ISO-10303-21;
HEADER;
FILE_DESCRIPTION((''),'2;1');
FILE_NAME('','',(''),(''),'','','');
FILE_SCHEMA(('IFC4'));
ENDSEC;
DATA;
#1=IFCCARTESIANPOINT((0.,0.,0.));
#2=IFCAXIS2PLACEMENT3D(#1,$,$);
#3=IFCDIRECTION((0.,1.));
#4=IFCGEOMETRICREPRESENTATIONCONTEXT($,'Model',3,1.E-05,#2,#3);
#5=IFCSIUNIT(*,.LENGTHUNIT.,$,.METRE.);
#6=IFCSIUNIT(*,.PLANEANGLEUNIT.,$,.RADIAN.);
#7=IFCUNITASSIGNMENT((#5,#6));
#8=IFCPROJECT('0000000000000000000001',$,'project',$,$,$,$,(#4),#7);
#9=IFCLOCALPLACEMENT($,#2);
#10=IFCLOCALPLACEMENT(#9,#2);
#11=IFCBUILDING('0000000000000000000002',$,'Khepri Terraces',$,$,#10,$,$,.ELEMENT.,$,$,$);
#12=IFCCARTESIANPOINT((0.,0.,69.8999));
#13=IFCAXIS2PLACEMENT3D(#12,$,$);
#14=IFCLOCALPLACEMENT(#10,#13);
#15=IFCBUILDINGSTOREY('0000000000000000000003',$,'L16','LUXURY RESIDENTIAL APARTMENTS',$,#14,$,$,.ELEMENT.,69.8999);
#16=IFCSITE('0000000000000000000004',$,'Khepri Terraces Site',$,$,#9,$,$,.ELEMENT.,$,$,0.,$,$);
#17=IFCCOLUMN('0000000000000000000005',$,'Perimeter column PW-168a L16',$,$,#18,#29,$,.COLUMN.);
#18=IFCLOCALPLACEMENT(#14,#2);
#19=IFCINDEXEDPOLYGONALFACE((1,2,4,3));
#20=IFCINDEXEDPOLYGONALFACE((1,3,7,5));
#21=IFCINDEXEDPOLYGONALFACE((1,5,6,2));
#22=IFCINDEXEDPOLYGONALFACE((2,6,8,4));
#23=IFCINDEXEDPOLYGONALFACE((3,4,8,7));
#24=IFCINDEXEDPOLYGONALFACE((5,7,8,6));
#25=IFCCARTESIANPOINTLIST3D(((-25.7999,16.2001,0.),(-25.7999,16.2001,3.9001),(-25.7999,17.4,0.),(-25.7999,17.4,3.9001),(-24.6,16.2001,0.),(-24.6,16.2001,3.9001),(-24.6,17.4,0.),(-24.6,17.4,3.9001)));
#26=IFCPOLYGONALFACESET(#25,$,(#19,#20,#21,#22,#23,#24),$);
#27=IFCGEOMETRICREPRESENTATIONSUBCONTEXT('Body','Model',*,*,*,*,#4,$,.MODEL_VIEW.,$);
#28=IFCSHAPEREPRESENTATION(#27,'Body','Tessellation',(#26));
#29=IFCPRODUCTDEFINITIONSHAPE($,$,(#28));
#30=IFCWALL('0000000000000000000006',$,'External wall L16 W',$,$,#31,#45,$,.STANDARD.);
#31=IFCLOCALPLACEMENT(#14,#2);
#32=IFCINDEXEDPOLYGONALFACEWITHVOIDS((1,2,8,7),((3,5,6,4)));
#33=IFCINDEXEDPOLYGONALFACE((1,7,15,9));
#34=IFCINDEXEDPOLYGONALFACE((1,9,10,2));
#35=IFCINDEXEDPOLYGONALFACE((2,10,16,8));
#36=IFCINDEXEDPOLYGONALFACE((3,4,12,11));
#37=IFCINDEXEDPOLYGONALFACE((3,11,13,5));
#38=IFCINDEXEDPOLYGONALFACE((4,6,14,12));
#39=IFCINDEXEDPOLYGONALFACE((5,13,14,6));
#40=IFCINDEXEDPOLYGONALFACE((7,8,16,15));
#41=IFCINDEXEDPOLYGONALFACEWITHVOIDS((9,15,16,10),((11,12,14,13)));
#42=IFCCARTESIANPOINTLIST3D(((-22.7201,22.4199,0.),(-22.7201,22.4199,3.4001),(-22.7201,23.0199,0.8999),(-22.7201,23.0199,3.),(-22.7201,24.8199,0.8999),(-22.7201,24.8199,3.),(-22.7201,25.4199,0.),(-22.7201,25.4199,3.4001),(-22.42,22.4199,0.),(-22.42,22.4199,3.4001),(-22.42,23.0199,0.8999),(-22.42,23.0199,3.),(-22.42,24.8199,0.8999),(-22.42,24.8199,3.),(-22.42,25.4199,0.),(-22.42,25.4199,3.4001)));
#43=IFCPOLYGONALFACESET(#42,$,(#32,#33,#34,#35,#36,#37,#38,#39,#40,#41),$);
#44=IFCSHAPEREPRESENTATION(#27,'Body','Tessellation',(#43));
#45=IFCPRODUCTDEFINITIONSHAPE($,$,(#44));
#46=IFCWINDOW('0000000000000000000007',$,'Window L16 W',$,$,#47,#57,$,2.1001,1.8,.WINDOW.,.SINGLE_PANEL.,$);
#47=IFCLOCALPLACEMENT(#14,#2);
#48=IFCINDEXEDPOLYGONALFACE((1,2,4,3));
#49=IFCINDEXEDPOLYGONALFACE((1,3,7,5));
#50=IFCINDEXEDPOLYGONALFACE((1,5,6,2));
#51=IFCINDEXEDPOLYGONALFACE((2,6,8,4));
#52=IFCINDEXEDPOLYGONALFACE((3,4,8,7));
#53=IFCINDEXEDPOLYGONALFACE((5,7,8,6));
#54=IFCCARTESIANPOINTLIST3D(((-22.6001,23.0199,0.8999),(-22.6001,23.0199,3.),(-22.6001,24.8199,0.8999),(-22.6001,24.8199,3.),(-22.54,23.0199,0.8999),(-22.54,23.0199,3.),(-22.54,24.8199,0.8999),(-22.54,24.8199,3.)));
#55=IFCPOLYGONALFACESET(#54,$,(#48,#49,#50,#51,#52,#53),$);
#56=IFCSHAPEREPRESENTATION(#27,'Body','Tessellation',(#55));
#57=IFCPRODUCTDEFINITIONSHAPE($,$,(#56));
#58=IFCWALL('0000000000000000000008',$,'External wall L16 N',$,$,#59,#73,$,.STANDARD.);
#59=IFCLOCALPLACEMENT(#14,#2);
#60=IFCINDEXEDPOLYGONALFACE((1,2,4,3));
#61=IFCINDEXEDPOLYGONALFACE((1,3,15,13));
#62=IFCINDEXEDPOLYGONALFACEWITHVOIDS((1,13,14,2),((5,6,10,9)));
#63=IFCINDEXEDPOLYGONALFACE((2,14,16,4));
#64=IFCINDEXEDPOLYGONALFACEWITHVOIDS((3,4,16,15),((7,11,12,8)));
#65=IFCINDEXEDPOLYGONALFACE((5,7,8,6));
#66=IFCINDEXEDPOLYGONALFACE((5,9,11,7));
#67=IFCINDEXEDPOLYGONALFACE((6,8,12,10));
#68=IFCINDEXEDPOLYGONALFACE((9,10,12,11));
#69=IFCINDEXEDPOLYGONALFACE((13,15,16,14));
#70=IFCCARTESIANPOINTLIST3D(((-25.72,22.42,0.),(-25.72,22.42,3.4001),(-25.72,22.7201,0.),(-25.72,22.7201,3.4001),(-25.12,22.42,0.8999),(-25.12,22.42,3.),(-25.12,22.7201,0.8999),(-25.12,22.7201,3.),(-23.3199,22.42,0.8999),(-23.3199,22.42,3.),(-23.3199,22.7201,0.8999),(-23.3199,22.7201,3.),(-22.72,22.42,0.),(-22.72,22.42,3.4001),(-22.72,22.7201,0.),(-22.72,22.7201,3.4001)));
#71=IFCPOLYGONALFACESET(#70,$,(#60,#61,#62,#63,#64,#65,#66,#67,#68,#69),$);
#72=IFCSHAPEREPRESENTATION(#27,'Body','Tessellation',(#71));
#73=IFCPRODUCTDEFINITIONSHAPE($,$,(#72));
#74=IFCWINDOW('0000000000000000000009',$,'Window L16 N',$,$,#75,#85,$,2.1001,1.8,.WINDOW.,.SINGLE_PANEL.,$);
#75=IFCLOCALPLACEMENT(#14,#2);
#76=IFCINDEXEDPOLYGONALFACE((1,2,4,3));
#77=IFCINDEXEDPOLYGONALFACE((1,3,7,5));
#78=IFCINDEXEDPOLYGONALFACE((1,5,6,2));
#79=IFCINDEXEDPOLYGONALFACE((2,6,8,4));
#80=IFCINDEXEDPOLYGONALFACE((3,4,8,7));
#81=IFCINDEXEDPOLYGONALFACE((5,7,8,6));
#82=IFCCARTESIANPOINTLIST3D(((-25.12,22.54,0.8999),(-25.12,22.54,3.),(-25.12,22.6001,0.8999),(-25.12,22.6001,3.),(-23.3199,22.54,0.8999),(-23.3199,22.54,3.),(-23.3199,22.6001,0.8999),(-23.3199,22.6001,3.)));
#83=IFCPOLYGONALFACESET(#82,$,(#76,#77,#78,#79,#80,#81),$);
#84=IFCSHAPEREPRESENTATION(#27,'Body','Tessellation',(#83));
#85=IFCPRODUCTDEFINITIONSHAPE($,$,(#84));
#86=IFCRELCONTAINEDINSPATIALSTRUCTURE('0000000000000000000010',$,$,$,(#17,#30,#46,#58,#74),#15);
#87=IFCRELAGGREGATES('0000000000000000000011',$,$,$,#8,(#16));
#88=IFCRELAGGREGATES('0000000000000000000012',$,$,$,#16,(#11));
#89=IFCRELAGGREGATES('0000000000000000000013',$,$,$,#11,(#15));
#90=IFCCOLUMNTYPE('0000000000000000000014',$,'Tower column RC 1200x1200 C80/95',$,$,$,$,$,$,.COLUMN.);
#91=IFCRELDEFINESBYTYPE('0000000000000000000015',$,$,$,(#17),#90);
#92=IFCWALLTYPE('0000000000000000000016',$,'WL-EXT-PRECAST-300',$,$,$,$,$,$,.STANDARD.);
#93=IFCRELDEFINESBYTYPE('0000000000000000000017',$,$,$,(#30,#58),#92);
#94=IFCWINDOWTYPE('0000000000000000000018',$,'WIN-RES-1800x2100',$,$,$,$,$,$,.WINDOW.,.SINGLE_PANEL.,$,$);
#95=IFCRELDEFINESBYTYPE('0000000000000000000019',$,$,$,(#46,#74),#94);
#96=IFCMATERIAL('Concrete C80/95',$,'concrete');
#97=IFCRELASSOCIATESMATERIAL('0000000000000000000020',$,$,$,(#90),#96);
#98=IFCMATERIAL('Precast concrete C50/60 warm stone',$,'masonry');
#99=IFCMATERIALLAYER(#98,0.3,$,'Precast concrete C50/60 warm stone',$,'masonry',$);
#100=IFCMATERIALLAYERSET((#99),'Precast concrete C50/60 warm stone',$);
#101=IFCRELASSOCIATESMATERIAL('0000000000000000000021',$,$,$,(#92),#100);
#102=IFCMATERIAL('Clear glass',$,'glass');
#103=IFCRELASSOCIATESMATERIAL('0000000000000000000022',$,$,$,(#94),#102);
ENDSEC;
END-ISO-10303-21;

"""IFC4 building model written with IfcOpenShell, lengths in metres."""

from ifc_helpers import new_model, si_unit, direction, frame, frame_2d, origin, origin_2d, place, context, subcontext, project, spatial, rectangle, extrude, material, layer, layer_set, material_profile, profile_set, type_object, element, fill, save


model = new_model("IFC4")

# Units and contexts
model_context = context("Model", 3, precision=1e-05, world=origin(), true_north=direction((0.0, 1.0)))
body_context = subcontext(model_context, "Body", "Model", "MODEL_VIEW")
ifc_project = project(units=[si_unit("LENGTHUNIT", "METRE"), si_unit("PLANEANGLEUNIT", "RADIAN")], contexts=[model_context])

# Site, building, storey
site_placement = place(None, origin())
site = spatial("IfcSite", under=ifc_project, at=site_placement, Name="Khepri Terraces Site", CompositionType="ELEMENT", RefElevation=0.0)
building_placement = place(site_placement, origin())
building = spatial("IfcBuilding", under=site, at=building_placement, Name="Khepri Terraces", CompositionType="ELEMENT")
storey_placement = place(building_placement, frame((0.0, 0.0, 69.8999)))
storey = spatial("IfcBuildingStorey", under=building, at=storey_placement, Name="L16", Description="LUXURY RESIDENTIAL APARTMENTS", CompositionType="ELEMENT", Elevation=69.8999)

# Column
ifc_material_1 = material(Name="Concrete C80/95", Category="concrete")
ifc_material_profile = material_profile(ifc_material_1, rectangle(XDim=1.2, YDim=1.2, at=origin_2d()), Name="Concrete C80/95", Category="concrete")
ifc_profile_set = profile_set([ifc_material_profile], Name="Concrete C80/95")
column_type = type_object("IfcColumnType", Name="Tower column RC 1200x1200 C80/95", PredefinedType="COLUMN", material=ifc_profile_set)
column_placement = place(storey_placement, frame((-25.2, 16.8, 0.0), z_axis=(0.0, 0.0, 1.0), x_axis=(1.0, 0.0, 0.0)))
element("IfcColumn", 1, at=column_placement, inside=storey, type_object=column_type, Name="Perimeter column PW-168a L16", PredefinedType="COLUMN", context=body_context, shape_type="SweptSolid", body=[
    extrude(rectangle(XDim=1.2, YDim=1.2, at=origin_2d()), origin(), (0.0, 0.0, 1.0), 3.9001),
])

# Walls, openings, windows
ifc_material_2 = material(Name="Precast concrete C50/60 warm stone", Category="masonry")
ifc_layer = layer(ifc_material_2, 0.3, Name="Precast concrete C50/60 warm stone", Category="masonry")
ifc_layer_set = layer_set([ifc_layer], Name="Precast concrete C50/60 warm stone")
wall_type = type_object("IfcWallType", Name="WL-EXT-PRECAST-300", PredefinedType="STANDARD", material=ifc_layer_set)
wall_1_placement = place(storey_placement, frame((-22.5701, 25.4199, 0.0), z_axis=(0.0, 0.0, 1.0), x_axis=(0.0, -1.0, 0.0)))
wall_1 = element("IfcWall", 2, at=wall_1_placement, inside=storey, type_object=wall_type, Name="External wall L16 W", PredefinedType="STANDARD", context=body_context, shape_type="SweptSolid", body=[
    extrude(rectangle(XDim=3.0, YDim=0.3, at=frame_2d((1.5, 0.0))), origin(), (0.0, 0.0, 1.0), 3.4001),
])
opening_1_placement = place(wall_1_placement, frame((0.6001, 0.0, 0.8999)))
opening_1 = element("IfcOpeningElement", 3, at=opening_1_placement, cuts=wall_1, PredefinedType="OPENING", context=body_context, shape_type="SweptSolid", body=[
    extrude(rectangle(XDim=1.8, YDim=2.1001, at=frame_2d((0.8999, 1.05))), frame((0.0, 0.1602, 0.0), z_axis=(0.0, -1.0, 0.0), x_axis=(1.0, 0.0, 0.0)), (0.0, 0.0, 1.0), 0.3201),
])
ifc_material_3 = material(Name="Clear glass", Category="glass")
window_type = type_object("IfcWindowType", Name="WIN-RES-1800x2100", PartitioningType="SINGLE_PANEL", PredefinedType="WINDOW", material=ifc_material_3)
window_1_placement = place(opening_1_placement, origin())
window_1 = element("IfcWindow", 4, at=window_1_placement, inside=storey, type_object=window_type, Name="Window L16 W", OverallHeight=2.1001, OverallWidth=1.8, PartitioningType="SINGLE_PANEL", PredefinedType="WINDOW", context=body_context, shape_type="SweptSolid", body=[
    extrude(rectangle(XDim=1.8, YDim=2.1001, at=frame_2d((0.8999, 1.05))), frame((0.0, 0.03, 0.0), z_axis=(0.0, -1.0, 0.0), x_axis=(1.0, 0.0, 0.0)), (0.0, 0.0, 1.0), 0.0601),
])
fill(opening_1, window_1)
wall_2_placement = place(storey_placement, frame((-22.72, 22.5701, 0.0), z_axis=(0.0, 0.0, 1.0), x_axis=(-1.0, 0.0, 0.0)))
wall_2 = element("IfcWall", 5, at=wall_2_placement, inside=storey, type_object=wall_type, Name="External wall L16 N", PredefinedType="STANDARD", context=body_context, shape_type="SweptSolid", body=[
    extrude(rectangle(XDim=3.0, YDim=0.3, at=frame_2d((1.5, 0.0))), origin(), (0.0, 0.0, 1.0), 3.4001),
])
opening_2_placement = place(wall_2_placement, frame((0.6001, 0.0, 0.8999)))
opening_2 = element("IfcOpeningElement", 6, at=opening_2_placement, cuts=wall_2, PredefinedType="OPENING", context=body_context, shape_type="SweptSolid", body=[
    extrude(rectangle(XDim=1.8, YDim=2.1001, at=frame_2d((0.8999, 1.05))), frame((0.0, 0.1602, 0.0), z_axis=(0.0, -1.0, 0.0), x_axis=(1.0, 0.0, 0.0)), (0.0, 0.0, 1.0), 0.3201),
])
window_2_placement = place(opening_2_placement, origin())
window_2 = element("IfcWindow", 7, at=window_2_placement, inside=storey, type_object=window_type, Name="Window L16 N", OverallHeight=2.1001, OverallWidth=1.8, PartitioningType="SINGLE_PANEL", PredefinedType="WINDOW", context=body_context, shape_type="SweptSolid", body=[
    extrude(rectangle(XDim=1.8, YDim=2.1001, at=frame_2d((0.8999, 1.05))), frame((0.0, 0.03, 0.0), z_axis=(0.0, -1.0, 0.0), x_axis=(1.0, 0.0, 0.0)), (0.0, 0.0, 1.0), 0.0601),
])
fill(opening_2, window_2)

save(model, "model.ifc")
